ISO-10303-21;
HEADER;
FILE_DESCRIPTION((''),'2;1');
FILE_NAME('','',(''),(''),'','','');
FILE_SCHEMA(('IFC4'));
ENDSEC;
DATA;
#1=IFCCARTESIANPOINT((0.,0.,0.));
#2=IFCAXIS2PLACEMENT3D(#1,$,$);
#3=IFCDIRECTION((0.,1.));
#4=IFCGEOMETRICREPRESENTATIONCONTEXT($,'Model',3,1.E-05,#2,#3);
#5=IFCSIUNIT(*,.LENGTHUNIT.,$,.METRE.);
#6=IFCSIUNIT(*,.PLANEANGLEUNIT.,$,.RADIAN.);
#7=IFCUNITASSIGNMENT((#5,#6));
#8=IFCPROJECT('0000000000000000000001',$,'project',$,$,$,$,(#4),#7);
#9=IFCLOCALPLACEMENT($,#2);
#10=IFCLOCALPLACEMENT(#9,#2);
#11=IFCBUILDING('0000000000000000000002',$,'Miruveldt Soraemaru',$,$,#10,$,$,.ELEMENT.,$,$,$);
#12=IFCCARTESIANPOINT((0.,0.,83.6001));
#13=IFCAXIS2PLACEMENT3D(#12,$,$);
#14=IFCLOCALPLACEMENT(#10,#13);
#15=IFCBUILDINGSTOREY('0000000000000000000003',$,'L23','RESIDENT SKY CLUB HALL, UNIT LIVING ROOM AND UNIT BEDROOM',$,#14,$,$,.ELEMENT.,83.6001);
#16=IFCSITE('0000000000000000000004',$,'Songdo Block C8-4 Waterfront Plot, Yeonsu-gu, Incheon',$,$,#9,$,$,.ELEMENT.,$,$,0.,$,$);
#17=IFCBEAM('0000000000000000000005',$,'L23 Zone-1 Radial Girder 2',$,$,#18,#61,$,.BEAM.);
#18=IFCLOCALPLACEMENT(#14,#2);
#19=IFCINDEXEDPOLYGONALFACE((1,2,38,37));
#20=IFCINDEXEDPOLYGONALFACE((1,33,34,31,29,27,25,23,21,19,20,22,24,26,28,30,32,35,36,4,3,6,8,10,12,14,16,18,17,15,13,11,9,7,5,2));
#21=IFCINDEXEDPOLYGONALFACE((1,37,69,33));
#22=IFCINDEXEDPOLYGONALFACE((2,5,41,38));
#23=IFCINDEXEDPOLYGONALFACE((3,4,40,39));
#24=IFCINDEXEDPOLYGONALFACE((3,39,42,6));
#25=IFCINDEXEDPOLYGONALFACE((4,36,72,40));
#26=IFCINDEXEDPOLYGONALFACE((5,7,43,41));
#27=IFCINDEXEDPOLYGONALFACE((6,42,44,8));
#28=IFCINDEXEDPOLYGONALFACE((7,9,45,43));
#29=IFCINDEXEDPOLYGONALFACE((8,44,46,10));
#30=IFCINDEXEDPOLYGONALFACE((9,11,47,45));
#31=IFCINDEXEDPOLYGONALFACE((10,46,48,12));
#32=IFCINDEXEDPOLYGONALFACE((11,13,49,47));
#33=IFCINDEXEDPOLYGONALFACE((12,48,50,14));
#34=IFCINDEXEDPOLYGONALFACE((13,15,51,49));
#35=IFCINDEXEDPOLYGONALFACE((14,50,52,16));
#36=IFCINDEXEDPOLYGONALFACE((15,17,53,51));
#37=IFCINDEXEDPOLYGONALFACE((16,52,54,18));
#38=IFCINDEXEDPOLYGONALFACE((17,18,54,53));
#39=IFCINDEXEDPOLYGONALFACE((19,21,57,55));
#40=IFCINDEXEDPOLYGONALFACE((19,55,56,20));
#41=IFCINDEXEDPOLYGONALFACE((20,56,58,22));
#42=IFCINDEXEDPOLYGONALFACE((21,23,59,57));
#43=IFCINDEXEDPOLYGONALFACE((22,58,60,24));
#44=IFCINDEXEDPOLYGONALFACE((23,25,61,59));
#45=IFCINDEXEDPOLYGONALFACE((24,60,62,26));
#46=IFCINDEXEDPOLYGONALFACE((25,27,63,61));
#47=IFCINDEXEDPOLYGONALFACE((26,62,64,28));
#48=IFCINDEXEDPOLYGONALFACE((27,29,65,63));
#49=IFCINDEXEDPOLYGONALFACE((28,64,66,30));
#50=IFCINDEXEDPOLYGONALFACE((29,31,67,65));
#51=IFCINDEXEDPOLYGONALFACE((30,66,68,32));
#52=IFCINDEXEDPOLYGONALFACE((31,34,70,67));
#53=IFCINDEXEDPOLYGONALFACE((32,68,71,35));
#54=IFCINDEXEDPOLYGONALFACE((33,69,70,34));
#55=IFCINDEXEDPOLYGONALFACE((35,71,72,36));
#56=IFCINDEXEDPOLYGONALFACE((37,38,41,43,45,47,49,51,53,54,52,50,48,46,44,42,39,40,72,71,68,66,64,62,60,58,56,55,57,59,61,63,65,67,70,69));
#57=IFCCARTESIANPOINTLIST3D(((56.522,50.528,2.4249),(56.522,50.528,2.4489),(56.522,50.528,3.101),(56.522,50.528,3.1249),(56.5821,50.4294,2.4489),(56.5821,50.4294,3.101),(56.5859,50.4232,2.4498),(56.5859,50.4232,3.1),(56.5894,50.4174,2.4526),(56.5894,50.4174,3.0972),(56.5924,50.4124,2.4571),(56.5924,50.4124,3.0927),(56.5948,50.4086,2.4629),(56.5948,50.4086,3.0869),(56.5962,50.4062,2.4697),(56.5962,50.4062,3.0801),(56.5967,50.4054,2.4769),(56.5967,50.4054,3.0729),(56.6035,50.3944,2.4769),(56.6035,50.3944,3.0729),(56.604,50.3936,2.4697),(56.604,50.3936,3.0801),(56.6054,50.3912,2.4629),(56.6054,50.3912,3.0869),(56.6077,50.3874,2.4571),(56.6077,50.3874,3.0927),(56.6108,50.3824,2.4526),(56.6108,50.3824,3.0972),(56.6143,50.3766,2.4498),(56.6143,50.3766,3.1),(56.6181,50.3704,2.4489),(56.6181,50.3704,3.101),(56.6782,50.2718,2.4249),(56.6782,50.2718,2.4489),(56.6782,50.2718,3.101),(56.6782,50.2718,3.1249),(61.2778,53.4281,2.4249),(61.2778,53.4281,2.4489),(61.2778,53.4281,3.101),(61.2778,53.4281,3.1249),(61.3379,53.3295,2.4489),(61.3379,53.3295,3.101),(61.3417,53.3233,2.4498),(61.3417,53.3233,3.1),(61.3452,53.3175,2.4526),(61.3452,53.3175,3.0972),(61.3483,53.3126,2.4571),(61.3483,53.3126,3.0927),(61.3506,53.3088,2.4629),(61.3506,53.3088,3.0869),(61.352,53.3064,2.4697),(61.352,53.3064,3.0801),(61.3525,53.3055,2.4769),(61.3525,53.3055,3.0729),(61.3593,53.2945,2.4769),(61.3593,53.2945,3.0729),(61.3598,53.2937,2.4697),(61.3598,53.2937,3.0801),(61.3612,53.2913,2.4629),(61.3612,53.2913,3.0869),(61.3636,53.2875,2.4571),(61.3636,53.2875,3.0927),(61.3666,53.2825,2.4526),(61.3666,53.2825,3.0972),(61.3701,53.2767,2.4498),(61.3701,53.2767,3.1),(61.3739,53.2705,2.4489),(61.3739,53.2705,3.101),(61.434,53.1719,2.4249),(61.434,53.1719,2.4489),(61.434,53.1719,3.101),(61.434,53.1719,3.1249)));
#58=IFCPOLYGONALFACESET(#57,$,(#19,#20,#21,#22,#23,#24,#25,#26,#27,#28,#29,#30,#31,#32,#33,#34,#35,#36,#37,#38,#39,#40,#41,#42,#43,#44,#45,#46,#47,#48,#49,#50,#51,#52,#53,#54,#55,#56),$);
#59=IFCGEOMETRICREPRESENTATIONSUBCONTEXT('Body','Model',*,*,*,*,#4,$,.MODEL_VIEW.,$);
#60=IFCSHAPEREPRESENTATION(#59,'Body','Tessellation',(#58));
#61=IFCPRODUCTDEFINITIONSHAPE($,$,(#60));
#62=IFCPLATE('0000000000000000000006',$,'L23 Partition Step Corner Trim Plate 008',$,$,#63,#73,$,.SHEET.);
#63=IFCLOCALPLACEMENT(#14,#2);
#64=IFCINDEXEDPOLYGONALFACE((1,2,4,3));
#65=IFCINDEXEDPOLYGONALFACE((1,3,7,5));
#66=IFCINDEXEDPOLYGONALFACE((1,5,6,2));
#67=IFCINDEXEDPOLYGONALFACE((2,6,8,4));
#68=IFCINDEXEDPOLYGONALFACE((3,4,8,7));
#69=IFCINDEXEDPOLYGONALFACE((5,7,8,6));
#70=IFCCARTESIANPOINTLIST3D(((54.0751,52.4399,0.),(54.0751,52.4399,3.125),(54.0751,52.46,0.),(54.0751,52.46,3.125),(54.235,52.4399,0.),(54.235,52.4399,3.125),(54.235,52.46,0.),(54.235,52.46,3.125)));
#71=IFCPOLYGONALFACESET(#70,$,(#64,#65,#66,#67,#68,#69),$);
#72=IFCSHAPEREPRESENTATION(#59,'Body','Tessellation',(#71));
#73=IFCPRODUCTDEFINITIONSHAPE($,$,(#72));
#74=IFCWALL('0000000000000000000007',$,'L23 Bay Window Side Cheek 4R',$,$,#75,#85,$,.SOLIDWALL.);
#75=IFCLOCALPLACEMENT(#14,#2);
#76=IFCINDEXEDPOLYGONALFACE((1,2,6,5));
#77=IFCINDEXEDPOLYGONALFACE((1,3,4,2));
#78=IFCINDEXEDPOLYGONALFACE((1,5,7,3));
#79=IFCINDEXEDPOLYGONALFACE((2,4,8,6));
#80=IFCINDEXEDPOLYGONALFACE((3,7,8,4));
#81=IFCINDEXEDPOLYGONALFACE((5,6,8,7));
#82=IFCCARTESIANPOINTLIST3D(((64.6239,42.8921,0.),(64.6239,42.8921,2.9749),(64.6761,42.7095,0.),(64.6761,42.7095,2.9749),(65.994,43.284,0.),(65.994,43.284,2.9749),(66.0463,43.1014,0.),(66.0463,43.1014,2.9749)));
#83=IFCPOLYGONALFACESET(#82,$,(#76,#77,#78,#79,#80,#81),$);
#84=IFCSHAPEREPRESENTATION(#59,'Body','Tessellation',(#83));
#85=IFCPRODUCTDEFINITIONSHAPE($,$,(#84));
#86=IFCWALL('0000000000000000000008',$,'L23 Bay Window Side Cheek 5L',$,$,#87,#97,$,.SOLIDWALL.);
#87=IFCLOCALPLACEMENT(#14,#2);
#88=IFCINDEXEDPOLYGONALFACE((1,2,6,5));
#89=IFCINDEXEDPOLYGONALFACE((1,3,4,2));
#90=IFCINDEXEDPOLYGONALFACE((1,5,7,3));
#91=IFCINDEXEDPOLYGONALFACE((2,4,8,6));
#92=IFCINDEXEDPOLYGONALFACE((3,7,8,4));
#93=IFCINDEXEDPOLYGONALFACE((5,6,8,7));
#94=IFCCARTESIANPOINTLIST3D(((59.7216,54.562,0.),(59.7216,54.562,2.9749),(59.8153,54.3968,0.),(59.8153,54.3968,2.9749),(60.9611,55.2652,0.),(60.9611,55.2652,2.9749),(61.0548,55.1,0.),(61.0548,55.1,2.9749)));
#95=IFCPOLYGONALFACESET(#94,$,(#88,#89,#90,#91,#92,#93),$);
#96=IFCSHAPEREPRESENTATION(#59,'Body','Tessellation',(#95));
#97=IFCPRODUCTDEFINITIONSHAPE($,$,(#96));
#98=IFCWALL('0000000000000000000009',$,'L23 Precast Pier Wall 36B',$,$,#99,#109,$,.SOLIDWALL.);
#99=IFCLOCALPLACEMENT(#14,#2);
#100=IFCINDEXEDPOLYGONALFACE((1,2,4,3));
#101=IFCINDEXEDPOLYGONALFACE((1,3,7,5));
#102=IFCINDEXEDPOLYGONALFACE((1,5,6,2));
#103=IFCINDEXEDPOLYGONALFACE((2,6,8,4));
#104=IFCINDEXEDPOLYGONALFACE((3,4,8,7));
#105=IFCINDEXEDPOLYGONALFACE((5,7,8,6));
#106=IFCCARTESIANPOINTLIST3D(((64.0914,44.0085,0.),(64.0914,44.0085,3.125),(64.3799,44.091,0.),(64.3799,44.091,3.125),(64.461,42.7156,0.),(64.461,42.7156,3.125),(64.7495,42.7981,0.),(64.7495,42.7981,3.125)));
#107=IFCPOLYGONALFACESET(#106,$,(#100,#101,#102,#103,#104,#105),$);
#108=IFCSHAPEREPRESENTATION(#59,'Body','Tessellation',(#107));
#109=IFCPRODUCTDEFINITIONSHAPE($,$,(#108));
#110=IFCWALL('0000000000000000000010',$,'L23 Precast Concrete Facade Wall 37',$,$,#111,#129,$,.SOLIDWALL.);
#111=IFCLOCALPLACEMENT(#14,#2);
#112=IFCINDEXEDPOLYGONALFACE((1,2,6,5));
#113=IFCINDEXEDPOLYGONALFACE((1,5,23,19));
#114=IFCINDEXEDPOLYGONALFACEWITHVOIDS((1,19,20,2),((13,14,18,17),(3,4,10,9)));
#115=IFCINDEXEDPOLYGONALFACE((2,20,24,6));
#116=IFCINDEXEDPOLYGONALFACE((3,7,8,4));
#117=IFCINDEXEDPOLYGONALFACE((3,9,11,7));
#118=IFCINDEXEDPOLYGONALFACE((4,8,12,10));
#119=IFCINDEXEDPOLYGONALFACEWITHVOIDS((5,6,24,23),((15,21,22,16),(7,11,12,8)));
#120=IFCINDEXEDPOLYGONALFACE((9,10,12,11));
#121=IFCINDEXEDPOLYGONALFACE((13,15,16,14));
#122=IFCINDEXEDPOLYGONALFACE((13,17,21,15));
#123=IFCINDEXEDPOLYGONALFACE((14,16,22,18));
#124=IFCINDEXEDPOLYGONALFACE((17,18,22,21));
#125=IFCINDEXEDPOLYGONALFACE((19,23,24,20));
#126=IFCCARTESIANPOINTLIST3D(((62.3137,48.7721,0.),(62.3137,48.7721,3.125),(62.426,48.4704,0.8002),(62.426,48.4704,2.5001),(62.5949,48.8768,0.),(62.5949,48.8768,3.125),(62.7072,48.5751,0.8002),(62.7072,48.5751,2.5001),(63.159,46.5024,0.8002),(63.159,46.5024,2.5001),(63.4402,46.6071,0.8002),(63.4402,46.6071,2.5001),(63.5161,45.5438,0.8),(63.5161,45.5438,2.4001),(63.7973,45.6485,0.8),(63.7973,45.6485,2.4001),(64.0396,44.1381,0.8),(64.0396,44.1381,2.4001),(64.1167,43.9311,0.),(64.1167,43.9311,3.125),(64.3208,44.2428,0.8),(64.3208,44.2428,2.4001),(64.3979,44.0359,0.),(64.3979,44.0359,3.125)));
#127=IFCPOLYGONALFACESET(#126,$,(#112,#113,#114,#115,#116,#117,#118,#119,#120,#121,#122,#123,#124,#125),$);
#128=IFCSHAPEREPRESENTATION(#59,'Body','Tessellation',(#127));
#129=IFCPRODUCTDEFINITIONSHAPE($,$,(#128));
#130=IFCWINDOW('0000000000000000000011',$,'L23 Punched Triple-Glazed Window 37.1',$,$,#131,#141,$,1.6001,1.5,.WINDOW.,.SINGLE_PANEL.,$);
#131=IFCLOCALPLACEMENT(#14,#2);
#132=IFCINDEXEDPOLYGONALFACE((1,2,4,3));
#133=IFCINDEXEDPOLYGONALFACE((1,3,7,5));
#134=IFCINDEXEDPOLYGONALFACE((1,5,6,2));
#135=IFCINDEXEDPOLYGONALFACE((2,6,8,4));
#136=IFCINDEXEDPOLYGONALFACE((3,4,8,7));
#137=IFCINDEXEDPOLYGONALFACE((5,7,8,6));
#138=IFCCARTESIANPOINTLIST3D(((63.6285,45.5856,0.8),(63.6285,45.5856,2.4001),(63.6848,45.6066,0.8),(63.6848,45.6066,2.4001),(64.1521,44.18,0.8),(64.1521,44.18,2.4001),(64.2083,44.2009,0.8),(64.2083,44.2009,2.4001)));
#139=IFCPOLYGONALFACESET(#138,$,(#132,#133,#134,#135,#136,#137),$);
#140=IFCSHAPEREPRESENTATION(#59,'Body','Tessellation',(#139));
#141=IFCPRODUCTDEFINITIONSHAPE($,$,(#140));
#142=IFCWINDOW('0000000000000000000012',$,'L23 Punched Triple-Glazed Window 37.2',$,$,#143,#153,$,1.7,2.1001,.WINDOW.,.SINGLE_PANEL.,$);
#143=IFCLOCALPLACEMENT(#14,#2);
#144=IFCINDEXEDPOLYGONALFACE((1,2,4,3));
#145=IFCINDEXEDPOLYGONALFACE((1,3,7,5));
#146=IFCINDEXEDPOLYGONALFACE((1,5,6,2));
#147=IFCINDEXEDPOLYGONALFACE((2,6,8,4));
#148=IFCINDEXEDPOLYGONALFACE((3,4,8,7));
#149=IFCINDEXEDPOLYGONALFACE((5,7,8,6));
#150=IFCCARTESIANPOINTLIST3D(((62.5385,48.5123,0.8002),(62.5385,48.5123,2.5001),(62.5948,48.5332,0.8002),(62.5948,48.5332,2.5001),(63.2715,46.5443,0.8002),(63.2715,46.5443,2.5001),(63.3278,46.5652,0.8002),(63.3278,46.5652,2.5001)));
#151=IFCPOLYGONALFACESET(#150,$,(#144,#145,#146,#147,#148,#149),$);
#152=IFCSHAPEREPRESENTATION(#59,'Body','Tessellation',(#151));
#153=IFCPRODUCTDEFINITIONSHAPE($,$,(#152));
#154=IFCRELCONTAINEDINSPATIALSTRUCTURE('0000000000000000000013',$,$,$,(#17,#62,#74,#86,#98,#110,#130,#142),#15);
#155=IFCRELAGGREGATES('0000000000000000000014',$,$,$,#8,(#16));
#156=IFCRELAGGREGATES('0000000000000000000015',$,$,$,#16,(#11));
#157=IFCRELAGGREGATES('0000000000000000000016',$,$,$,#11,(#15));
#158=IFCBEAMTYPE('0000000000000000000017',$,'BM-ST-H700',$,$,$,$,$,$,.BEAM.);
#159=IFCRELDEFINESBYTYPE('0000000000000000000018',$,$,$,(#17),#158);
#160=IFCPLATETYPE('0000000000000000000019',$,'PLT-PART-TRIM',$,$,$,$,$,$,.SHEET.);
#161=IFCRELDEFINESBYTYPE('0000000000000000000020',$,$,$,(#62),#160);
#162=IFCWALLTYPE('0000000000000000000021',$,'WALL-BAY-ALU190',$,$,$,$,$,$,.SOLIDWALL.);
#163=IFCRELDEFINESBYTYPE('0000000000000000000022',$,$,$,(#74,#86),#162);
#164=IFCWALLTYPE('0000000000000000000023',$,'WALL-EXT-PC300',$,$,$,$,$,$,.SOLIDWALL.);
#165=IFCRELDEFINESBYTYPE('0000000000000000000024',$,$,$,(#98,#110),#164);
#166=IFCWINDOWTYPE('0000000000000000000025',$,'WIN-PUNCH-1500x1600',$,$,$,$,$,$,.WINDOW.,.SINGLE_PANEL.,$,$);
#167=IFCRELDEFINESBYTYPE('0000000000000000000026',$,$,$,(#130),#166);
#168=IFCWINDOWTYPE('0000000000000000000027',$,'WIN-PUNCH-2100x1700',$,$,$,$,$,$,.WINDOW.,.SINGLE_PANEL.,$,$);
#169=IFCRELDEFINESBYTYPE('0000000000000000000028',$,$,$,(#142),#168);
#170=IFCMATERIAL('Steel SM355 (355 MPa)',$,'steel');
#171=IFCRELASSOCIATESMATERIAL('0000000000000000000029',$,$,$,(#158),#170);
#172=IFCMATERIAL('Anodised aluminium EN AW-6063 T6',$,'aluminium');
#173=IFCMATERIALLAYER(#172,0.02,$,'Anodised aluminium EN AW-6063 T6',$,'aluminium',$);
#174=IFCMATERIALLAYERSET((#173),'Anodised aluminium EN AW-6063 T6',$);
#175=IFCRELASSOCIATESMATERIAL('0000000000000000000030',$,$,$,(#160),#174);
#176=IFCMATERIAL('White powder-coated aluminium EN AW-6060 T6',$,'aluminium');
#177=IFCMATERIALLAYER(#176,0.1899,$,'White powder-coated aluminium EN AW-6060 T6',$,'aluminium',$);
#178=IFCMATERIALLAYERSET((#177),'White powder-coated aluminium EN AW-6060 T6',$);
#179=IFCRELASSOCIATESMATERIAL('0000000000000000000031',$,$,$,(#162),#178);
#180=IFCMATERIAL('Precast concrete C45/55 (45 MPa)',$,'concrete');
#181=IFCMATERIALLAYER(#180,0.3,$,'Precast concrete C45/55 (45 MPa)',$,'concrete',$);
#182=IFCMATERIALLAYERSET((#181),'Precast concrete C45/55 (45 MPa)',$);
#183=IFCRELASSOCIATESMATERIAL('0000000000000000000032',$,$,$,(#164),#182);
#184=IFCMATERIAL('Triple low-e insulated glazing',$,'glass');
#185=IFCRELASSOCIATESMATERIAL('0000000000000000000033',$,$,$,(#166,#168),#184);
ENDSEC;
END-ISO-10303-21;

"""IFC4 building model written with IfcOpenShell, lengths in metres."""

from ifc_helpers import new_model, si_unit, direction, frame, frame_2d, origin, origin_2d, place, context, subcontext, project, spatial, rectangle, i_section, extrude, material, layer, layer_set, material_profile, profile_set, type_object, element, fill, save


model = new_model("IFC4")

# Units and contexts
model_context = context("Model", 3, precision=1e-05, world=origin(), true_north=direction((0.0, 1.0)))
body_context = subcontext(model_context, "Body", "Model", "MODEL_VIEW")
ifc_project = project(units=[si_unit("LENGTHUNIT", "METRE"), si_unit("PLANEANGLEUNIT", "RADIAN")], contexts=[model_context])

# Site, building, storey
site_placement = place(None, origin())
site = spatial("IfcSite", under=ifc_project, at=site_placement, Name="Songdo Block C8-4 Waterfront Plot, Yeonsu-gu, Incheon", CompositionType="ELEMENT", RefElevation=0.0)
building_placement = place(site_placement, origin())
building = spatial("IfcBuilding", under=site, at=building_placement, Name="Miruveldt Soraemaru", CompositionType="ELEMENT")
storey_placement = place(building_placement, frame((0.0, 0.0, 83.6001)))
storey = spatial("IfcBuildingStorey", under=building, at=storey_placement, Name="L23", Description="RESIDENT SKY CLUB HALL, UNIT LIVING ROOM AND UNIT BEDROOM", CompositionType="ELEMENT", Elevation=83.6001)

# Beam
ifc_material_1 = material(Name="Steel SM355 (355 MPa)", Category="steel")
ifc_material_profile_1 = material_profile(ifc_material_1, i_section(OverallWidth=0.3, OverallDepth=0.7, WebThickness=0.0129, FlangeThickness=0.0239, FilletRadius=0.0281, at=origin_2d()), Name="Steel SM355 (355 MPa)", Category="steel")
ifc_profile_set_1 = profile_set([ifc_material_profile_1], Name="Steel SM355 (355 MPa)")
beam_type_1 = type_object("IfcBeamType", Name="BM-ST-H700", PredefinedType="BEAM", material=ifc_profile_set_1)
beam_1_placement = place(storey_placement, frame((56.6001, 50.3999, 2.7749), z_axis=(0.853778, 0.520638, 0.0), x_axis=(-0.520638, 0.853778, 0.0)))
element("IfcBeam", 1, at=beam_1_placement, inside=storey, type_object=beam_type_1, Name="L23 Zone-1 Radial Girder 2", PredefinedType="BEAM", context=body_context, shape_type="SweptSolid", body=[
    extrude(i_section(OverallWidth=0.3, OverallDepth=0.7, WebThickness=0.0129, FlangeThickness=0.0239, FilletRadius=0.0281, at=origin_2d()), origin(), (0.0, 0.0, 1.0), 5.5703),
])

# Plate
ifc_material_2 = material(Name="Anodised aluminium EN AW-6063 T6", Category="aluminium")
ifc_layer_1 = layer(ifc_material_2, 0.02, Name="Anodised aluminium EN AW-6063 T6", Category="aluminium")
ifc_layer_set_1 = layer_set([ifc_layer_1], Name="Anodised aluminium EN AW-6063 T6")
plate_type = type_object("IfcPlateType", Name="PLT-PART-TRIM", PredefinedType="SHEET", material=ifc_layer_set_1)
plate_placement = place(storey_placement, frame((54.155, 52.45, 0.0), z_axis=(0.0, 0.0, 1.0), x_axis=(-1.0, 0.0, 0.0)))
element("IfcPlate", 2, at=plate_placement, inside=storey, type_object=plate_type, Name="L23 Partition Step Corner Trim Plate 008", PredefinedType="SHEET", context=body_context, shape_type="SweptSolid", body=[
    extrude(rectangle(XDim=0.1599, YDim=0.02, at=origin_2d()), origin(), (0.0, 0.0, 1.0), 3.125),
])

# Walls
ifc_material_3 = material(Name="White powder-coated aluminium EN AW-6060 T6", Category="aluminium")
ifc_layer_2 = layer(ifc_material_3, 0.1899, Name="White powder-coated aluminium EN AW-6060 T6", Category="aluminium")
ifc_layer_set_2 = layer_set([ifc_layer_2], Name="White powder-coated aluminium EN AW-6060 T6")
wall_type_1 = type_object("IfcWallType", Name="WALL-BAY-ALU190", PredefinedType="SOLIDWALL", material=ifc_layer_set_2)
for number, where, z_axis, x_axis, name in (
    (3, (66.02, 43.1926, 0.0), (0.0, 0.0, 1.0), (-0.961453, -0.27497, 0.0), "L23 Bay Window Side Cheek 4R"),
    (4, (59.7686, 54.4795, 0.0), (0.0, 0.0, 1.0), (0.869799, 0.493406, 0.0), "L23 Bay Window Side Cheek 5L"),
):
    element("IfcWall", number, at=place(storey_placement, frame(where, z_axis=z_axis, x_axis=x_axis)), inside=storey, type_object=wall_type_1, Name=name, PredefinedType="SOLIDWALL", context=body_context, shape_type="SweptSolid", body=[
        extrude(rectangle(XDim=1.425, YDim=0.1899, at=frame_2d((0.7124, 0.0))), origin(), (0.0, 0.0, 1.0), 2.9749),
    ])
ifc_material_4 = material(Name="Precast concrete C45/55 (45 MPa)", Category="concrete")
ifc_layer_3 = layer(ifc_material_4, 0.3, Name="Precast concrete C45/55 (45 MPa)", Category="concrete")
ifc_layer_set_3 = layer_set([ifc_layer_3], Name="Precast concrete C45/55 (45 MPa)")
wall_type_2 = type_object("IfcWallType", Name="WALL-EXT-PC300", PredefinedType="SOLIDWALL", material=ifc_layer_set_3)
wall_1_placement = place(storey_placement, frame((64.6052, 42.7568, 0.0), z_axis=(0.0, 0.0, 1.0), x_axis=(-0.274865, 0.961483, 0.0)))
element("IfcWall", 5, at=wall_1_placement, inside=storey, type_object=wall_type_2, Name="L23 Precast Pier Wall 36B", PredefinedType="SOLIDWALL", context=body_context, shape_type="SweptSolid", body=[
    extrude(rectangle(XDim=1.3447, YDim=0.3, at=frame_2d((0.6724, 0.0))), origin(), (0.0, 0.0, 1.0), 3.125),
])

# Wall, openings, windows
wall_2_placement = place(storey_placement, frame((64.2573, 43.9834, 0.0), z_axis=(0.0, 0.0, 1.0), x_axis=(-0.34903, 0.937112, 0.0)))
wall_2 = element("IfcWall", 6, at=wall_2_placement, inside=storey, type_object=wall_type_2, Name="L23 Precast Concrete Facade Wall 37", PredefinedType="SOLIDWALL", context=body_context, shape_type="SweptSolid", body=[
    extrude(rectangle(XDim=5.1658, YDim=0.3, at=frame_2d((2.583, 0.0))), origin(), (0.0, 0.0, 1.0), 3.125),
])
opening_1_placement = place(wall_2_placement, frame((0.2209, 0.0, 0.8)))
opening_1 = element("IfcOpeningElement", 7, at=opening_1_placement, cuts=wall_2, PredefinedType="OPENING", context=body_context, shape_type="SweptSolid", body=[
    extrude(rectangle(XDim=1.5, YDim=1.6001, at=frame_2d((0.75, 0.8))), frame((0.0, 0.1602, 0.0), z_axis=(0.0, -1.0, 0.0), x_axis=(1.0, 0.0, 0.0)), (0.0, 0.0, 1.0), 0.3201),
])
opening_2_placement = place(wall_2_placement, frame((2.7439, 0.0, 0.8)))
opening_2 = element("IfcOpeningElement", 8, at=opening_2_placement, cuts=wall_2, PredefinedType="OPENING", context=body_context, shape_type="SweptSolid", body=[
    extrude(rectangle(XDim=2.1001, YDim=1.7, at=frame_2d((1.05, 0.8501))), frame((0.0, 0.1602, 0.0), z_axis=(0.0, -1.0, 0.0), x_axis=(1.0, 0.0, 0.0)), (0.0, 0.0, 1.0), 0.3201),
])
ifc_material_5 = material(Name="Triple low-e insulated glazing", Category="glass")
window_type_1 = type_object("IfcWindowType", Name="WIN-PUNCH-1500x1600", PartitioningType="SINGLE_PANEL", PredefinedType="WINDOW", material=ifc_material_5)
window_1_placement = place(opening_1_placement, origin())
window_1 = element("IfcWindow", 9, at=window_1_placement, inside=storey, type_object=window_type_1, Name="L23 Punched Triple-Glazed Window 37.1", OverallHeight=1.6001, OverallWidth=1.5, PartitioningType="SINGLE_PANEL", PredefinedType="WINDOW", context=body_context, shape_type="SweptSolid", body=[
    extrude(rectangle(XDim=1.5, YDim=1.6001, at=frame_2d((0.75, 0.8))), frame((0.0, 0.03, 0.0), z_axis=(0.0, -1.0, 0.0), x_axis=(1.0, 0.0, 0.0)), (0.0, 0.0, 1.0), 0.0601),
])
fill(opening_1, window_1)
window_type_2 = type_object("IfcWindowType", Name="WIN-PUNCH-2100x1700", PartitioningType="SINGLE_PANEL", PredefinedType="WINDOW", material=ifc_material_5)
window_2_placement = place(opening_2_placement, origin())
window_2 = element("IfcWindow", 10, at=window_2_placement, inside=storey, type_object=window_type_2, Name="L23 Punched Triple-Glazed Window 37.2", OverallHeight=1.7, OverallWidth=2.1001, PartitioningType="SINGLE_PANEL", PredefinedType="WINDOW", context=body_context, shape_type="SweptSolid", body=[
    extrude(rectangle(XDim=2.1001, YDim=1.7, at=frame_2d((1.05, 0.8501))), frame((0.0, 0.03, 0.0), z_axis=(0.0, -1.0, 0.0), x_axis=(1.0, 0.0, 0.0)), (0.0, 0.0, 1.0), 0.0601),
])
fill(opening_2, window_2)

save(model, "model.ifc")
